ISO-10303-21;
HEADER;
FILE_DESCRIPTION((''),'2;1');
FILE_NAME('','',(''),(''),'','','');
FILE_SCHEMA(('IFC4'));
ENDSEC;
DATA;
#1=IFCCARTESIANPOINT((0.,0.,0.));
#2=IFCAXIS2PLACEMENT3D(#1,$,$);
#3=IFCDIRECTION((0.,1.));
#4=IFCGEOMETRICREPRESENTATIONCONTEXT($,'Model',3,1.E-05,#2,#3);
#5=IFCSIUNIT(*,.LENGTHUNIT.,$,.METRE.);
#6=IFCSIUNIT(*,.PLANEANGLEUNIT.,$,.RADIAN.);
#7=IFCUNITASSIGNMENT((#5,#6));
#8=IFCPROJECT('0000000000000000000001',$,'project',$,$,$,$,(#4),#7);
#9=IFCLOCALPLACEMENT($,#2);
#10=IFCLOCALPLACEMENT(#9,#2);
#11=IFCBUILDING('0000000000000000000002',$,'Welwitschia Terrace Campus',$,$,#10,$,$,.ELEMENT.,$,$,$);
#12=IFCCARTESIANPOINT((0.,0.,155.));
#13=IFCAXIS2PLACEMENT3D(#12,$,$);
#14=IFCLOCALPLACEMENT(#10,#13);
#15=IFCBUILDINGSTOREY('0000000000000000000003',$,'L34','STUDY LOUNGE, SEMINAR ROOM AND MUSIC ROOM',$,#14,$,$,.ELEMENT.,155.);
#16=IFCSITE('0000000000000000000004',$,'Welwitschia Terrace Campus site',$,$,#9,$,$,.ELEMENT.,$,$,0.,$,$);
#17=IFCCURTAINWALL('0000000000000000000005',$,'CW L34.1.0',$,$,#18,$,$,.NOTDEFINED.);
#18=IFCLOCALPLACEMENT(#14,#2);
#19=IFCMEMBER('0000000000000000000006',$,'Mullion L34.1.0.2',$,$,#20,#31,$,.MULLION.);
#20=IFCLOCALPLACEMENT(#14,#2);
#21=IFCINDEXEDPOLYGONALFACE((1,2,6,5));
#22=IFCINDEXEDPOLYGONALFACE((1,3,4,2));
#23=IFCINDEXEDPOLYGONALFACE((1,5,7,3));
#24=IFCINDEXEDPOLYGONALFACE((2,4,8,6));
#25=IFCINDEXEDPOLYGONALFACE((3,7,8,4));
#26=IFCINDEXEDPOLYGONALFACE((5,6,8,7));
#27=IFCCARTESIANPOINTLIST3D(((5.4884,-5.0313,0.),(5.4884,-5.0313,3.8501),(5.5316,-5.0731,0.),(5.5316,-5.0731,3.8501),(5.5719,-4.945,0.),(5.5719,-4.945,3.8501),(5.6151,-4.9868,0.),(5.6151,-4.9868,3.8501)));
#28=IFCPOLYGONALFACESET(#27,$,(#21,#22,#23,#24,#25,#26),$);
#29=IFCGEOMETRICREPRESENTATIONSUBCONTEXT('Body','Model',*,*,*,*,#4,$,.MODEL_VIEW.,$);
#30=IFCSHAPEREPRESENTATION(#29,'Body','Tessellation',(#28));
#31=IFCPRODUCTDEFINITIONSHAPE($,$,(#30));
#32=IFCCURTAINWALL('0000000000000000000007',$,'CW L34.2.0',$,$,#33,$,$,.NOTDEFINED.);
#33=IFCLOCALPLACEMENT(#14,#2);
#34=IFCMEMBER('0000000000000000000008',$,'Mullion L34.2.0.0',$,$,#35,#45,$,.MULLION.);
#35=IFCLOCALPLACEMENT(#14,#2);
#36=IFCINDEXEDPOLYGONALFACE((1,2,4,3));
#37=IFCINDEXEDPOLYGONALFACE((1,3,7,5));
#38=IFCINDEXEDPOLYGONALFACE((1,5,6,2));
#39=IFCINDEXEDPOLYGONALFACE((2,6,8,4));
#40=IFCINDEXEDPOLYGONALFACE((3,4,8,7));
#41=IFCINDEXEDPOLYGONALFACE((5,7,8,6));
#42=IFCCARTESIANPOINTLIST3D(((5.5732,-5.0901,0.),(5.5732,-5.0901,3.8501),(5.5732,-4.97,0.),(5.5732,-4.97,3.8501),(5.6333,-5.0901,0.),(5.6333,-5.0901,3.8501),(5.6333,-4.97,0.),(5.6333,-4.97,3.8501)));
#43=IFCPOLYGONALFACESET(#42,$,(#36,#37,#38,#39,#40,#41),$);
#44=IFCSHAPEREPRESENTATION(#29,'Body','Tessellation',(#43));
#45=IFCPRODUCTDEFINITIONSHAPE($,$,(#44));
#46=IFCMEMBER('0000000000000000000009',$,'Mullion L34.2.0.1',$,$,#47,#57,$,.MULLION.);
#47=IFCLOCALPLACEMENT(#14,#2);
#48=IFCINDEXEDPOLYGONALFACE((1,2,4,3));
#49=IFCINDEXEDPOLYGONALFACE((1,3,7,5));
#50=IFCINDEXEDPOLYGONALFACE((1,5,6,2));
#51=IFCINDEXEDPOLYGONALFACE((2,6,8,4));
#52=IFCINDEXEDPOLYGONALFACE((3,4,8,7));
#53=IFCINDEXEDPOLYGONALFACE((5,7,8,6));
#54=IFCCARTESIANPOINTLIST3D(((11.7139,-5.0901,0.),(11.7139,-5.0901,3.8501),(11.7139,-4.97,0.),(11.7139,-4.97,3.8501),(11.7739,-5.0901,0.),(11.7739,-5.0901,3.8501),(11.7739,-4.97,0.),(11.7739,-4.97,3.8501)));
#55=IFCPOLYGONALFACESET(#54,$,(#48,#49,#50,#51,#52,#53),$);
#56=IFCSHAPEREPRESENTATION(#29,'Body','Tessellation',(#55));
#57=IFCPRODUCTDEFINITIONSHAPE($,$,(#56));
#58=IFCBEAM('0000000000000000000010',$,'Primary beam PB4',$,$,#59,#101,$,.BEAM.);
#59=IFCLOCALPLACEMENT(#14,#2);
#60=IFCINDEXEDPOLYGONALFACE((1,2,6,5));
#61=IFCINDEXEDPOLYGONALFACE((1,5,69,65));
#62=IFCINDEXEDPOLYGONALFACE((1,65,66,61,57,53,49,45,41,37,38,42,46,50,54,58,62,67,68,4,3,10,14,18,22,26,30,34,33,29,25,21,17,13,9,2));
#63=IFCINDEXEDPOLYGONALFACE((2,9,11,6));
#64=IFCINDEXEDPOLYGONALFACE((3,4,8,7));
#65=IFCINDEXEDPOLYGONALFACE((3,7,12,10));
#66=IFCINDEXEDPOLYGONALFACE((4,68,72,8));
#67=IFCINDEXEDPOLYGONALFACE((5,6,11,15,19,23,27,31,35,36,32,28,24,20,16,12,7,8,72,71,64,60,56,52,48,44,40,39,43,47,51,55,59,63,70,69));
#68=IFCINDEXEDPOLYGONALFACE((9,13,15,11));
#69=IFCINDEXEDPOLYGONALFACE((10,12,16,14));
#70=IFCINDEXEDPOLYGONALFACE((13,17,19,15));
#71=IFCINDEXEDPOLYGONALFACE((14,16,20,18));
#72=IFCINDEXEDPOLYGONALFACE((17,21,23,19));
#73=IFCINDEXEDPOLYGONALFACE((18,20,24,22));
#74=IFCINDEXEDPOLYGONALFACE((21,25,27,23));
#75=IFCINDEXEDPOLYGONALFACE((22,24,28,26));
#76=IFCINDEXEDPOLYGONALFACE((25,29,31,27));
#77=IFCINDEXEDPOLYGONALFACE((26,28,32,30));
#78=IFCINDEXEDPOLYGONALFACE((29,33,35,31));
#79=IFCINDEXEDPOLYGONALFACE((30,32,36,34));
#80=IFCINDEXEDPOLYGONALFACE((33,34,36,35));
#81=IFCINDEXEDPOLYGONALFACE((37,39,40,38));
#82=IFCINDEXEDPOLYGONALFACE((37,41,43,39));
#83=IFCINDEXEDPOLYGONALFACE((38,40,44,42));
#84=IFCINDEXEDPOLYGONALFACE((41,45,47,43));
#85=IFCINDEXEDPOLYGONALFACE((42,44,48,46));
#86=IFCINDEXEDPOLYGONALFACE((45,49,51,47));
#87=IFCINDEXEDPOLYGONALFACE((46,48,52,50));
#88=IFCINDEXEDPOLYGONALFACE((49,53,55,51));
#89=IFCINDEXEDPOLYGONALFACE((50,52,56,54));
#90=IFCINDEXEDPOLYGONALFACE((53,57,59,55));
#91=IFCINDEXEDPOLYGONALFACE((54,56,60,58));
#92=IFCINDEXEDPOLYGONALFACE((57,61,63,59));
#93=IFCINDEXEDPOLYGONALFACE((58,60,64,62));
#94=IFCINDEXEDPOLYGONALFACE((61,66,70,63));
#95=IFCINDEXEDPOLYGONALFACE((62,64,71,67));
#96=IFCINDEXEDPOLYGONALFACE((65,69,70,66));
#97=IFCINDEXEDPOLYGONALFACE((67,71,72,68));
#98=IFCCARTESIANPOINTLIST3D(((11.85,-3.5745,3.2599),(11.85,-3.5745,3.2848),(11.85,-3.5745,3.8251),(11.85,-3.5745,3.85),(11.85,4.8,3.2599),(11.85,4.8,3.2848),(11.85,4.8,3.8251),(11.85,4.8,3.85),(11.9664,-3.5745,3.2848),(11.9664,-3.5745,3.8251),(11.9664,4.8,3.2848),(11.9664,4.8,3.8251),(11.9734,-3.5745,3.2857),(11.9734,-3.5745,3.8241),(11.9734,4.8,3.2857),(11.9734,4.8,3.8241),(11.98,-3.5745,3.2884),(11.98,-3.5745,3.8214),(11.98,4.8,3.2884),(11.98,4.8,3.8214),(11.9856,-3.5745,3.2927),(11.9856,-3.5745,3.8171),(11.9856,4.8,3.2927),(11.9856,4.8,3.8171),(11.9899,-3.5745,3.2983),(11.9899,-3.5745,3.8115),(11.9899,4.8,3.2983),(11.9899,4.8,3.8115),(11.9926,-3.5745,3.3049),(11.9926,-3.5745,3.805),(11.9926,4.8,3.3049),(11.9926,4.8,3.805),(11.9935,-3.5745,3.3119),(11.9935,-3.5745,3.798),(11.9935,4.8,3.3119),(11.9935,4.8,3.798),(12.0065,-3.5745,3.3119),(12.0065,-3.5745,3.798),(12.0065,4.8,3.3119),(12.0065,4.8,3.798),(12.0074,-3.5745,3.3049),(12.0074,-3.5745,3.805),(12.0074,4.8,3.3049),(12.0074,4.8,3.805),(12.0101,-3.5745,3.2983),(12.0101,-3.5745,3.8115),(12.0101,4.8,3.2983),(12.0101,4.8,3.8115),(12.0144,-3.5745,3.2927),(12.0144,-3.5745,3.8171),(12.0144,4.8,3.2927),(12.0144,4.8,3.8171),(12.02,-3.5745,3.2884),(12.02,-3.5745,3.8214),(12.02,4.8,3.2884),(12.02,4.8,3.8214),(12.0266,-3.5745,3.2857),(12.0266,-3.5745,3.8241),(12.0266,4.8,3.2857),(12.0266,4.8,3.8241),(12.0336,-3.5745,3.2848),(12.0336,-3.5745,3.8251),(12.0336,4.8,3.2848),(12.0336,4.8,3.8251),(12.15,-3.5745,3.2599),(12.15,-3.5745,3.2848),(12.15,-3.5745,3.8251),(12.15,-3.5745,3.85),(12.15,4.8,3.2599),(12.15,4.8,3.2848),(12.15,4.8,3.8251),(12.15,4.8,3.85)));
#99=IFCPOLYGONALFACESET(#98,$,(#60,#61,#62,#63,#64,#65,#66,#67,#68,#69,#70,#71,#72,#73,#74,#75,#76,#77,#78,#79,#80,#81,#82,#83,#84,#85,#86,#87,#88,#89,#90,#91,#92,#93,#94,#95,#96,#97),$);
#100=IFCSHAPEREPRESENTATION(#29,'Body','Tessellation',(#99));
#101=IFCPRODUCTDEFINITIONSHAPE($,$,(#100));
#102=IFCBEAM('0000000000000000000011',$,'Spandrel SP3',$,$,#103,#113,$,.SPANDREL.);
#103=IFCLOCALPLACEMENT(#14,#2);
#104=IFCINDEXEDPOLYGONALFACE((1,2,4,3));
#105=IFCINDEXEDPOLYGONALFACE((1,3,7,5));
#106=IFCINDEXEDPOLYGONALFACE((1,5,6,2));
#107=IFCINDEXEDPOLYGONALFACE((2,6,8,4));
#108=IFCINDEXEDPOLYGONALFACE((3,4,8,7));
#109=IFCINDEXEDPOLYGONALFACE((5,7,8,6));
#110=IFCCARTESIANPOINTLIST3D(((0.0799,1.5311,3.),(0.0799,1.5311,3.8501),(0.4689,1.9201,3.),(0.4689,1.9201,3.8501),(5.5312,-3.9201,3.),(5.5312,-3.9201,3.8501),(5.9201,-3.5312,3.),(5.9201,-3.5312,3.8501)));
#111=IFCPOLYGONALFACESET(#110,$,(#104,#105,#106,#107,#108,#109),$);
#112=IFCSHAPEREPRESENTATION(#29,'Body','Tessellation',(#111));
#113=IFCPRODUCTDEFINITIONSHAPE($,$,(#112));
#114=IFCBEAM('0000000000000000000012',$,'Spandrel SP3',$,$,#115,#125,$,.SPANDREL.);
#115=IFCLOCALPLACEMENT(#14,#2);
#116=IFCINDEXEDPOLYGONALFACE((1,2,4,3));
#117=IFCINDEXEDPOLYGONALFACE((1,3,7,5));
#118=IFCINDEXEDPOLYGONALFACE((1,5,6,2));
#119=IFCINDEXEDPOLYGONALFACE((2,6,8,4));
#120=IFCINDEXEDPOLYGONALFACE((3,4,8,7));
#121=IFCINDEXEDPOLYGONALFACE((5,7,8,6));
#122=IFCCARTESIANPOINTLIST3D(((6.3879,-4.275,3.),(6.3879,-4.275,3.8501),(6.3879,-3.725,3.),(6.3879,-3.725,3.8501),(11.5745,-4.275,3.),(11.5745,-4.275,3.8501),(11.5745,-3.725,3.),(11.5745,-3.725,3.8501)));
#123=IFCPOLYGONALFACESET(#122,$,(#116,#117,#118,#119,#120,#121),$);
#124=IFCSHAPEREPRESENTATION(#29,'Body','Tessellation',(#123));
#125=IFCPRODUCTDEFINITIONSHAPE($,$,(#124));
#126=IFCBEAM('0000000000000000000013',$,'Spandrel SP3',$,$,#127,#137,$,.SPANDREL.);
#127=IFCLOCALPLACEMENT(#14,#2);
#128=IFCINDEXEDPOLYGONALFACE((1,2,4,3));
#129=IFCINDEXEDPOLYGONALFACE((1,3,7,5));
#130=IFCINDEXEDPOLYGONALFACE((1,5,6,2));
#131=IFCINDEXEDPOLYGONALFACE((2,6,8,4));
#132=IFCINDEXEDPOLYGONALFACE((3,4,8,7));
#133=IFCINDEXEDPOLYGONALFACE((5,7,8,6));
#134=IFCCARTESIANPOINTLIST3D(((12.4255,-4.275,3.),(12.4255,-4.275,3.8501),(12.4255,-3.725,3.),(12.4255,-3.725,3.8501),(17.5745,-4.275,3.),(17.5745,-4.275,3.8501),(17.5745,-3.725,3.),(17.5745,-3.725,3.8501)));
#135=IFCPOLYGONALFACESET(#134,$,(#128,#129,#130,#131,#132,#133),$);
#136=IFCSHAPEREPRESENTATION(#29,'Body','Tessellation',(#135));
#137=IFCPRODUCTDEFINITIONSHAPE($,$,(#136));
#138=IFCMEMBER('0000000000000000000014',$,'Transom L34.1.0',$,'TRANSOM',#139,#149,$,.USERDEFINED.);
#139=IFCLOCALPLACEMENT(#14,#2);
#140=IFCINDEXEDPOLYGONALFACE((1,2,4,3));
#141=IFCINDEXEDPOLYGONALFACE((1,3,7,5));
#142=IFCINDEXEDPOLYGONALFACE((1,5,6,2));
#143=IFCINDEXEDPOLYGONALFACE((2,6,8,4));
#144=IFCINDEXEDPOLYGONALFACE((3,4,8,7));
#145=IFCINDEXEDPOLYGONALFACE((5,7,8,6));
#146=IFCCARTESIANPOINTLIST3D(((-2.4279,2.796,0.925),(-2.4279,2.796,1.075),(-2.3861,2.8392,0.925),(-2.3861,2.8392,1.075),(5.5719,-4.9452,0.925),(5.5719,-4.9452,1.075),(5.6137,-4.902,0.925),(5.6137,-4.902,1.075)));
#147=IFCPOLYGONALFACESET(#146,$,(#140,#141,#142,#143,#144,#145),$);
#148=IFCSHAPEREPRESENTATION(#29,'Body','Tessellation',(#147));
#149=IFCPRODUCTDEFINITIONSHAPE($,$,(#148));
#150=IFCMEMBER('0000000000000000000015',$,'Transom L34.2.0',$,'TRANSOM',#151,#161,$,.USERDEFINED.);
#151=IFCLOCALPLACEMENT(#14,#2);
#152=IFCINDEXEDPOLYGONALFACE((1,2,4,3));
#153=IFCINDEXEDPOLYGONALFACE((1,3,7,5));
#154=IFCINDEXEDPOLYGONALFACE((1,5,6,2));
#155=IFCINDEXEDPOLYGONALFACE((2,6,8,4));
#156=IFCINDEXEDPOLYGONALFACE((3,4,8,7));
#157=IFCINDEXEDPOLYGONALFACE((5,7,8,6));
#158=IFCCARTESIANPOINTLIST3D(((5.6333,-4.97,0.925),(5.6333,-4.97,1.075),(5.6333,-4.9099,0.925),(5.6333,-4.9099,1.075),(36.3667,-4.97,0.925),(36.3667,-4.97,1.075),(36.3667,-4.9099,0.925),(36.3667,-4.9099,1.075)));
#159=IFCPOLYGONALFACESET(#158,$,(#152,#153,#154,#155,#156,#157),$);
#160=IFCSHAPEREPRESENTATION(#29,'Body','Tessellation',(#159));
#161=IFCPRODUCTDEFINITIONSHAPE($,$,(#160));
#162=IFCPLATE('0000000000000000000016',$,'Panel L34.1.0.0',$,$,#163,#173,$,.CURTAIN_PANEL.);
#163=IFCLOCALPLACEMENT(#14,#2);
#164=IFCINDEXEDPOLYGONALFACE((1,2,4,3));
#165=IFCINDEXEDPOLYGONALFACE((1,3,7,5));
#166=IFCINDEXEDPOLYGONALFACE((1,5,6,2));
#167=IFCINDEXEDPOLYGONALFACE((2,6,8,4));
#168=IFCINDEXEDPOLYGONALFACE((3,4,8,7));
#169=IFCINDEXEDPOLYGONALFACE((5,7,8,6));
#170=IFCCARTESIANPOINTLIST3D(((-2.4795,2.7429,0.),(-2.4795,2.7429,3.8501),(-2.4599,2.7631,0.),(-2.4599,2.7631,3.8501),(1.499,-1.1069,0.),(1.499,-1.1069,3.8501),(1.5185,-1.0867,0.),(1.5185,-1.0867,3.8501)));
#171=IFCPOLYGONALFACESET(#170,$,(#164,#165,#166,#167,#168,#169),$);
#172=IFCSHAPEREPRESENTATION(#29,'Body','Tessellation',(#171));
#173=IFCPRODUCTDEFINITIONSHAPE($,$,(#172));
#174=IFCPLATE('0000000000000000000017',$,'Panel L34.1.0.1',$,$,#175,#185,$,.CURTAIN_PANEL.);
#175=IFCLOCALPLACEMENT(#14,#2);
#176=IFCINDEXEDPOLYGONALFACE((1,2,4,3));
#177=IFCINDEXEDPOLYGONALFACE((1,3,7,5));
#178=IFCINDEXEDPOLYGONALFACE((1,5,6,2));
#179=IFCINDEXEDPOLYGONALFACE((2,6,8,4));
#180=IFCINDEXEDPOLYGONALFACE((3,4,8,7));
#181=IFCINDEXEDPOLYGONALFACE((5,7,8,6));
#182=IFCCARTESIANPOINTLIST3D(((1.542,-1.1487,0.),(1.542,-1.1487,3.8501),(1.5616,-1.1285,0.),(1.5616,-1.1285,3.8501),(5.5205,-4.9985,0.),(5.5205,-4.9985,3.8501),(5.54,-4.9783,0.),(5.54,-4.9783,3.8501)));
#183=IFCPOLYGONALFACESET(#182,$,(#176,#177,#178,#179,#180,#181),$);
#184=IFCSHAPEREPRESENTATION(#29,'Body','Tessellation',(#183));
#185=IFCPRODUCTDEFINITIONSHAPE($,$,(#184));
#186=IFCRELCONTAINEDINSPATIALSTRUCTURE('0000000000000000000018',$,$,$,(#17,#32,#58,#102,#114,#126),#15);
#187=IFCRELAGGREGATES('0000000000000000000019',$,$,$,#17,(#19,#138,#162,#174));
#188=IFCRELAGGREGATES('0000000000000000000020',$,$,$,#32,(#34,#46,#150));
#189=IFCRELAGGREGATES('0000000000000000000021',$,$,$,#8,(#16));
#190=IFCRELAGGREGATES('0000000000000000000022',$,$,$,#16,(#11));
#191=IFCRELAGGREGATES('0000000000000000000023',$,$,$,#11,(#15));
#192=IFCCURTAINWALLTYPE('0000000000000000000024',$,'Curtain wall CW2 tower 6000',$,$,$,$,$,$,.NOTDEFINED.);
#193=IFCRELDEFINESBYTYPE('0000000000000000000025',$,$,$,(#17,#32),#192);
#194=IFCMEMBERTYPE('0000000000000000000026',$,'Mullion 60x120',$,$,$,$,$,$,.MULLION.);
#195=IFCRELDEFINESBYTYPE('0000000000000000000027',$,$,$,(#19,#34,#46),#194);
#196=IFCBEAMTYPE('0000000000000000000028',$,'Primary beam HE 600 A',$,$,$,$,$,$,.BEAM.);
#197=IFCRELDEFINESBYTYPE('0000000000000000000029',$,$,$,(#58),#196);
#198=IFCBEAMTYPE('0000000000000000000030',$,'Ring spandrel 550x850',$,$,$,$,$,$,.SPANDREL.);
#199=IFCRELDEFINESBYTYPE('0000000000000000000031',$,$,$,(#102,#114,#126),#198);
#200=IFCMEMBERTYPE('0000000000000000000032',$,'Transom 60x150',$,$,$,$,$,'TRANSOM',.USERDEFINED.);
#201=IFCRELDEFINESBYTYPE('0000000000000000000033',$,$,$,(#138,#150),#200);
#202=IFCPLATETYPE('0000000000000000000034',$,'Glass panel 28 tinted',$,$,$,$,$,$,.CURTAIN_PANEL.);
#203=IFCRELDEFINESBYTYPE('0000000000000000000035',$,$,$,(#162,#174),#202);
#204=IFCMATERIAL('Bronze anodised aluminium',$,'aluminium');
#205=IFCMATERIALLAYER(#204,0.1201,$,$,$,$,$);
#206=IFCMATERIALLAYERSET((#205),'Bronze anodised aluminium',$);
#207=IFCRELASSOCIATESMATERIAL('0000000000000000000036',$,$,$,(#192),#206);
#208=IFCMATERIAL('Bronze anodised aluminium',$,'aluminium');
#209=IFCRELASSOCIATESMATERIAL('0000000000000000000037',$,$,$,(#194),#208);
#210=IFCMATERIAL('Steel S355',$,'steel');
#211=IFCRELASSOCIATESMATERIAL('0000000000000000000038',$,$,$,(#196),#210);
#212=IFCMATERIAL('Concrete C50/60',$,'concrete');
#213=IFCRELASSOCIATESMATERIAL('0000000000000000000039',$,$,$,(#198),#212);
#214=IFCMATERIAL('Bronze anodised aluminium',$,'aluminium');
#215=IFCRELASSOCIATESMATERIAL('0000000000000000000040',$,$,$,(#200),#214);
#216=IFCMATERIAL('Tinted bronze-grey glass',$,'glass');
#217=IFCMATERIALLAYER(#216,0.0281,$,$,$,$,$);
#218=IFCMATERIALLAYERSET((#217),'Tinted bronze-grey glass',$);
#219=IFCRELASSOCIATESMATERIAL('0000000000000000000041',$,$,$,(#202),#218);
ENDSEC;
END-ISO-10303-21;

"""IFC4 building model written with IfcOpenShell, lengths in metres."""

from ifc_helpers import new_model, si_unit, direction, frame, origin, origin_2d, place, context, subcontext, project, spatial, rectangle, i_section, extrude, material, layer, layer_set, material_profile, profile_set, type_object, element, aggregate, save


model = new_model("IFC4")

# Units and contexts
model_context = context("Model", 3, precision=1e-05, world=origin(), true_north=direction((0.0, 1.0)))
body_context = subcontext(model_context, "Body", "Model", "MODEL_VIEW")
ifc_project = project(units=[si_unit("LENGTHUNIT", "METRE"), si_unit("PLANEANGLEUNIT", "RADIAN")], contexts=[model_context])

# Site, building, storey
site_placement = place(None, origin())
site = spatial("IfcSite", under=ifc_project, at=site_placement, Name="Welwitschia Terrace Campus site", CompositionType="ELEMENT", RefElevation=0.0)
building_placement = place(site_placement, origin())
building = spatial("IfcBuilding", under=site, at=building_placement, Name="Welwitschia Terrace Campus", CompositionType="ELEMENT")
storey_placement = place(building_placement, frame((0.0, 0.0, 155.0)))
storey = spatial("IfcBuildingStorey", under=building, at=storey_placement, Name="L34", Description="STUDY LOUNGE, SEMINAR ROOM AND MUSIC ROOM", CompositionType="ELEMENT", Elevation=155.0)

# Shared definitions
ifc_material_1 = material(Name="Bronze anodised aluminium", Category="aluminium")
ifc_layer_1 = layer(ifc_material_1, 0.1201)
ifc_layer_set_1 = layer_set([ifc_layer_1], Name="Bronze anodised aluminium")
curtain_wall_type = type_object("IfcCurtainWallType", Name="Curtain wall CW2 tower 6000", PredefinedType="NOTDEFINED", material=ifc_layer_set_1)
ifc_material_2 = material(Name="Bronze anodised aluminium", Category="aluminium")
ifc_material_profile_1 = material_profile(ifc_material_2, rectangle(XDim=0.1201, YDim=0.0601, at=origin_2d()))
ifc_profile_set_1 = profile_set([ifc_material_profile_1], Name="Bronze anodised aluminium")
member_type_1 = type_object("IfcMemberType", Name="Mullion 60x120", PredefinedType="MULLION", material=ifc_profile_set_1)

# Curtain walls, members
curtain_wall_1_placement = place(storey_placement, origin())
curtain_wall_1 = element("IfcCurtainWall", 1, at=curtain_wall_1_placement, inside=storey, type_object=curtain_wall_type, Name="CW L34.1.0", PredefinedType="NOTDEFINED")
member_1_placement = place(storey_placement, frame((5.5518, -5.009, 0.0), z_axis=(0.0, 0.0, 1.0), x_axis=(0.69539, 0.718632, 0.0)))
member_1 = element("IfcMember", 2, at=member_1_placement, type_object=member_type_1, Name="Mullion L34.1.0.2", PredefinedType="MULLION", context=body_context, shape_type="SweptSolid", body=[
    extrude(rectangle(XDim=0.1201, YDim=0.0601, at=origin_2d()), origin(), (0.0, 0.0, 1.0), 3.8501),
])
curtain_wall_2_placement = place(storey_placement, origin())
curtain_wall_2 = element("IfcCurtainWall", 3, at=curtain_wall_2_placement, inside=storey, type_object=curtain_wall_type, Name="CW L34.2.0", PredefinedType="NOTDEFINED")
member_2_placement = place(storey_placement, frame((5.6033, -5.03, 0.0), z_axis=(0.0, 0.0, 1.0), x_axis=(0.0, 1.0, 0.0)))
member_2 = element("IfcMember", 4, at=member_2_placement, type_object=member_type_1, Name="Mullion L34.2.0.0", PredefinedType="MULLION", context=body_context, shape_type="SweptSolid", body=[
    extrude(rectangle(XDim=0.1201, YDim=0.0601, at=origin_2d()), origin(), (0.0, 0.0, 1.0), 3.8501),
])
member_3_placement = place(storey_placement, frame((11.7439, -5.03, 0.0), z_axis=(0.0, 0.0, 1.0), x_axis=(0.0, 1.0, 0.0)))
member_3 = element("IfcMember", 5, at=member_3_placement, type_object=member_type_1, Name="Mullion L34.2.0.1", PredefinedType="MULLION", context=body_context, shape_type="SweptSolid", body=[
    extrude(rectangle(XDim=0.1201, YDim=0.0601, at=origin_2d()), origin(), (0.0, 0.0, 1.0), 3.8501),
])

# Beams
ifc_material_3 = material(Name="Steel S355", Category="steel")
ifc_material_profile_2 = material_profile(ifc_material_3, i_section(OverallWidth=0.3, OverallDepth=0.5901, WebThickness=0.0129, FlangeThickness=0.0249, FilletRadius=0.0271, at=origin_2d()))
ifc_profile_set_2 = profile_set([ifc_material_profile_2], Name="Steel S355")
beam_type_1 = type_object("IfcBeamType", Name="Primary beam HE 600 A", PredefinedType="BEAM", material=ifc_profile_set_2)
beam_1_placement = place(storey_placement, frame((12.0, -3.5745, 3.5549), z_axis=(0.0, 1.0, 0.0), x_axis=(-1.0, 0.0, 0.0)))
element("IfcBeam", 6, at=beam_1_placement, inside=storey, type_object=beam_type_1, Name="Primary beam PB4", PredefinedType="BEAM", context=body_context, shape_type="SweptSolid", body=[
    extrude(i_section(OverallWidth=0.3, OverallDepth=0.5901, WebThickness=0.0129, FlangeThickness=0.0249, FilletRadius=0.0271, at=origin_2d()), origin(), (0.0, 0.0, 1.0), 8.3745),
])
ifc_material_4 = material(Name="Concrete C50/60", Category="concrete")
ifc_material_profile_3 = material_profile(ifc_material_4, rectangle(XDim=0.55, YDim=0.8501, at=origin_2d()))
ifc_profile_set_3 = profile_set([ifc_material_profile_3], Name="Concrete C50/60")
beam_type_2 = type_object("IfcBeamType", Name="Ring spandrel 550x850", PredefinedType="SPANDREL", material=ifc_profile_set_3)
beam_2_placement = place(storey_placement, frame((0.2744, 1.7256, 3.425), z_axis=(0.707107, -0.707107, 0.0), x_axis=(0.707107, 0.707107, 0.0)))
element("IfcBeam", 7, at=beam_2_placement, inside=storey, type_object=beam_type_2, Name="Spandrel SP3", PredefinedType="SPANDREL", context=body_context, shape_type="SweptSolid", body=[
    extrude(rectangle(XDim=0.55, YDim=0.8501, at=origin_2d()), origin(), (0.0, 0.0, 1.0), 7.7092),
])
beam_3_placement = place(storey_placement, frame((6.3879, -4.0, 3.425), z_axis=(1.0, 0.0, 0.0), x_axis=(0.0, 1.0, 0.0)))
element("IfcBeam", 8, at=beam_3_placement, inside=storey, type_object=beam_type_2, Name="Spandrel SP3", PredefinedType="SPANDREL", context=body_context, shape_type="SweptSolid", body=[
    extrude(rectangle(XDim=0.55, YDim=0.8501, at=origin_2d()), origin(), (0.0, 0.0, 1.0), 5.1865),
])
beam_4_placement = place(storey_placement, frame((12.4255, -4.0, 3.425), z_axis=(1.0, 0.0, 0.0), x_axis=(0.0, 1.0, 0.0)))
element("IfcBeam", 9, at=beam_4_placement, inside=storey, type_object=beam_type_2, Name="Spandrel SP3", PredefinedType="SPANDREL", context=body_context, shape_type="SweptSolid", body=[
    extrude(rectangle(XDim=0.55, YDim=0.8501, at=origin_2d()), origin(), (0.0, 0.0, 1.0), 5.1489),
])

# Members
ifc_material_5 = material(Name="Bronze anodised aluminium", Category="aluminium")
ifc_material_profile_4 = material_profile(ifc_material_5, rectangle(XDim=0.0601, YDim=0.1499, at=origin_2d()))
ifc_profile_set_4 = profile_set([ifc_material_profile_4], Name="Bronze anodised aluminium")
member_type_2 = type_object("IfcMemberType", Name="Transom 60x150", ElementType="TRANSOM", PredefinedType="USERDEFINED", material=ifc_profile_set_4)
member_4_placement = place(storey_placement, frame((-2.407, 2.8176, 1.0), z_axis=(0.718624, -0.695399, 0.0), x_axis=(0.695399, 0.718624, 0.0)))
member_4 = element("IfcMember", 10, at=member_4_placement, type_object=member_type_2, Name="Transom L34.1.0", ObjectType="TRANSOM", PredefinedType="USERDEFINED", context=body_context, shape_type="SweptSolid", body=[
    extrude(rectangle(XDim=0.0601, YDim=0.1499, at=origin_2d()), origin(), (0.0, 0.0, 1.0), 11.1321),
])
member_5_placement = place(storey_placement, frame((5.6333, -4.9399, 1.0), z_axis=(1.0, 0.0, 0.0), x_axis=(0.0, 1.0, 0.0)))
member_5 = element("IfcMember", 11, at=member_5_placement, type_object=member_type_2, Name="Transom L34.2.0", ObjectType="TRANSOM", PredefinedType="USERDEFINED", context=body_context, shape_type="SweptSolid", body=[
    extrude(rectangle(XDim=0.0601, YDim=0.1499, at=origin_2d()), origin(), (0.0, 0.0, 1.0), 30.7334),
])

# Plates
ifc_material_6 = material(Name="Tinted bronze-grey glass", Category="glass")
ifc_layer_2 = layer(ifc_material_6, 0.0281)
ifc_layer_set_2 = layer_set([ifc_layer_2], Name="Tinted bronze-grey glass")
plate_type = type_object("IfcPlateType", Name="Glass panel 28 tinted", PredefinedType="CURTAIN_PANEL", material=ifc_layer_set_2)
plate_1_placement = place(storey_placement, frame((-0.4805, 0.8281, 0.0), z_axis=(0.0, 0.0, 1.0), x_axis=(0.718632, -0.69539, 0.0)))
plate_1 = element("IfcPlate", 12, at=plate_1_placement, type_object=plate_type, Name="Panel L34.1.0.0", PredefinedType="CURTAIN_PANEL", context=body_context, shape_type="SweptSolid", body=[
    extrude(rectangle(XDim=5.5361, YDim=0.0281, at=origin_2d()), origin(), (0.0, 0.0, 1.0), 3.8501),
])
plate_2_placement = place(storey_placement, frame((3.541, -3.0635, 0.0), z_axis=(0.0, 0.0, 1.0), x_axis=(0.718632, -0.69539, 0.0)))
plate_2 = element("IfcPlate", 13, at=plate_2_placement, type_object=plate_type, Name="Panel L34.1.0.1", PredefinedType="CURTAIN_PANEL", context=body_context, shape_type="SweptSolid", body=[
    extrude(rectangle(XDim=5.5361, YDim=0.0281, at=origin_2d()), origin(), (0.0, 0.0, 1.0), 3.8501),
])
aggregate(curtain_wall_1, [member_1, member_4, plate_1, plate_2])
aggregate(curtain_wall_2, [member_2, member_3, member_5])

save(model, "model.ifc")
